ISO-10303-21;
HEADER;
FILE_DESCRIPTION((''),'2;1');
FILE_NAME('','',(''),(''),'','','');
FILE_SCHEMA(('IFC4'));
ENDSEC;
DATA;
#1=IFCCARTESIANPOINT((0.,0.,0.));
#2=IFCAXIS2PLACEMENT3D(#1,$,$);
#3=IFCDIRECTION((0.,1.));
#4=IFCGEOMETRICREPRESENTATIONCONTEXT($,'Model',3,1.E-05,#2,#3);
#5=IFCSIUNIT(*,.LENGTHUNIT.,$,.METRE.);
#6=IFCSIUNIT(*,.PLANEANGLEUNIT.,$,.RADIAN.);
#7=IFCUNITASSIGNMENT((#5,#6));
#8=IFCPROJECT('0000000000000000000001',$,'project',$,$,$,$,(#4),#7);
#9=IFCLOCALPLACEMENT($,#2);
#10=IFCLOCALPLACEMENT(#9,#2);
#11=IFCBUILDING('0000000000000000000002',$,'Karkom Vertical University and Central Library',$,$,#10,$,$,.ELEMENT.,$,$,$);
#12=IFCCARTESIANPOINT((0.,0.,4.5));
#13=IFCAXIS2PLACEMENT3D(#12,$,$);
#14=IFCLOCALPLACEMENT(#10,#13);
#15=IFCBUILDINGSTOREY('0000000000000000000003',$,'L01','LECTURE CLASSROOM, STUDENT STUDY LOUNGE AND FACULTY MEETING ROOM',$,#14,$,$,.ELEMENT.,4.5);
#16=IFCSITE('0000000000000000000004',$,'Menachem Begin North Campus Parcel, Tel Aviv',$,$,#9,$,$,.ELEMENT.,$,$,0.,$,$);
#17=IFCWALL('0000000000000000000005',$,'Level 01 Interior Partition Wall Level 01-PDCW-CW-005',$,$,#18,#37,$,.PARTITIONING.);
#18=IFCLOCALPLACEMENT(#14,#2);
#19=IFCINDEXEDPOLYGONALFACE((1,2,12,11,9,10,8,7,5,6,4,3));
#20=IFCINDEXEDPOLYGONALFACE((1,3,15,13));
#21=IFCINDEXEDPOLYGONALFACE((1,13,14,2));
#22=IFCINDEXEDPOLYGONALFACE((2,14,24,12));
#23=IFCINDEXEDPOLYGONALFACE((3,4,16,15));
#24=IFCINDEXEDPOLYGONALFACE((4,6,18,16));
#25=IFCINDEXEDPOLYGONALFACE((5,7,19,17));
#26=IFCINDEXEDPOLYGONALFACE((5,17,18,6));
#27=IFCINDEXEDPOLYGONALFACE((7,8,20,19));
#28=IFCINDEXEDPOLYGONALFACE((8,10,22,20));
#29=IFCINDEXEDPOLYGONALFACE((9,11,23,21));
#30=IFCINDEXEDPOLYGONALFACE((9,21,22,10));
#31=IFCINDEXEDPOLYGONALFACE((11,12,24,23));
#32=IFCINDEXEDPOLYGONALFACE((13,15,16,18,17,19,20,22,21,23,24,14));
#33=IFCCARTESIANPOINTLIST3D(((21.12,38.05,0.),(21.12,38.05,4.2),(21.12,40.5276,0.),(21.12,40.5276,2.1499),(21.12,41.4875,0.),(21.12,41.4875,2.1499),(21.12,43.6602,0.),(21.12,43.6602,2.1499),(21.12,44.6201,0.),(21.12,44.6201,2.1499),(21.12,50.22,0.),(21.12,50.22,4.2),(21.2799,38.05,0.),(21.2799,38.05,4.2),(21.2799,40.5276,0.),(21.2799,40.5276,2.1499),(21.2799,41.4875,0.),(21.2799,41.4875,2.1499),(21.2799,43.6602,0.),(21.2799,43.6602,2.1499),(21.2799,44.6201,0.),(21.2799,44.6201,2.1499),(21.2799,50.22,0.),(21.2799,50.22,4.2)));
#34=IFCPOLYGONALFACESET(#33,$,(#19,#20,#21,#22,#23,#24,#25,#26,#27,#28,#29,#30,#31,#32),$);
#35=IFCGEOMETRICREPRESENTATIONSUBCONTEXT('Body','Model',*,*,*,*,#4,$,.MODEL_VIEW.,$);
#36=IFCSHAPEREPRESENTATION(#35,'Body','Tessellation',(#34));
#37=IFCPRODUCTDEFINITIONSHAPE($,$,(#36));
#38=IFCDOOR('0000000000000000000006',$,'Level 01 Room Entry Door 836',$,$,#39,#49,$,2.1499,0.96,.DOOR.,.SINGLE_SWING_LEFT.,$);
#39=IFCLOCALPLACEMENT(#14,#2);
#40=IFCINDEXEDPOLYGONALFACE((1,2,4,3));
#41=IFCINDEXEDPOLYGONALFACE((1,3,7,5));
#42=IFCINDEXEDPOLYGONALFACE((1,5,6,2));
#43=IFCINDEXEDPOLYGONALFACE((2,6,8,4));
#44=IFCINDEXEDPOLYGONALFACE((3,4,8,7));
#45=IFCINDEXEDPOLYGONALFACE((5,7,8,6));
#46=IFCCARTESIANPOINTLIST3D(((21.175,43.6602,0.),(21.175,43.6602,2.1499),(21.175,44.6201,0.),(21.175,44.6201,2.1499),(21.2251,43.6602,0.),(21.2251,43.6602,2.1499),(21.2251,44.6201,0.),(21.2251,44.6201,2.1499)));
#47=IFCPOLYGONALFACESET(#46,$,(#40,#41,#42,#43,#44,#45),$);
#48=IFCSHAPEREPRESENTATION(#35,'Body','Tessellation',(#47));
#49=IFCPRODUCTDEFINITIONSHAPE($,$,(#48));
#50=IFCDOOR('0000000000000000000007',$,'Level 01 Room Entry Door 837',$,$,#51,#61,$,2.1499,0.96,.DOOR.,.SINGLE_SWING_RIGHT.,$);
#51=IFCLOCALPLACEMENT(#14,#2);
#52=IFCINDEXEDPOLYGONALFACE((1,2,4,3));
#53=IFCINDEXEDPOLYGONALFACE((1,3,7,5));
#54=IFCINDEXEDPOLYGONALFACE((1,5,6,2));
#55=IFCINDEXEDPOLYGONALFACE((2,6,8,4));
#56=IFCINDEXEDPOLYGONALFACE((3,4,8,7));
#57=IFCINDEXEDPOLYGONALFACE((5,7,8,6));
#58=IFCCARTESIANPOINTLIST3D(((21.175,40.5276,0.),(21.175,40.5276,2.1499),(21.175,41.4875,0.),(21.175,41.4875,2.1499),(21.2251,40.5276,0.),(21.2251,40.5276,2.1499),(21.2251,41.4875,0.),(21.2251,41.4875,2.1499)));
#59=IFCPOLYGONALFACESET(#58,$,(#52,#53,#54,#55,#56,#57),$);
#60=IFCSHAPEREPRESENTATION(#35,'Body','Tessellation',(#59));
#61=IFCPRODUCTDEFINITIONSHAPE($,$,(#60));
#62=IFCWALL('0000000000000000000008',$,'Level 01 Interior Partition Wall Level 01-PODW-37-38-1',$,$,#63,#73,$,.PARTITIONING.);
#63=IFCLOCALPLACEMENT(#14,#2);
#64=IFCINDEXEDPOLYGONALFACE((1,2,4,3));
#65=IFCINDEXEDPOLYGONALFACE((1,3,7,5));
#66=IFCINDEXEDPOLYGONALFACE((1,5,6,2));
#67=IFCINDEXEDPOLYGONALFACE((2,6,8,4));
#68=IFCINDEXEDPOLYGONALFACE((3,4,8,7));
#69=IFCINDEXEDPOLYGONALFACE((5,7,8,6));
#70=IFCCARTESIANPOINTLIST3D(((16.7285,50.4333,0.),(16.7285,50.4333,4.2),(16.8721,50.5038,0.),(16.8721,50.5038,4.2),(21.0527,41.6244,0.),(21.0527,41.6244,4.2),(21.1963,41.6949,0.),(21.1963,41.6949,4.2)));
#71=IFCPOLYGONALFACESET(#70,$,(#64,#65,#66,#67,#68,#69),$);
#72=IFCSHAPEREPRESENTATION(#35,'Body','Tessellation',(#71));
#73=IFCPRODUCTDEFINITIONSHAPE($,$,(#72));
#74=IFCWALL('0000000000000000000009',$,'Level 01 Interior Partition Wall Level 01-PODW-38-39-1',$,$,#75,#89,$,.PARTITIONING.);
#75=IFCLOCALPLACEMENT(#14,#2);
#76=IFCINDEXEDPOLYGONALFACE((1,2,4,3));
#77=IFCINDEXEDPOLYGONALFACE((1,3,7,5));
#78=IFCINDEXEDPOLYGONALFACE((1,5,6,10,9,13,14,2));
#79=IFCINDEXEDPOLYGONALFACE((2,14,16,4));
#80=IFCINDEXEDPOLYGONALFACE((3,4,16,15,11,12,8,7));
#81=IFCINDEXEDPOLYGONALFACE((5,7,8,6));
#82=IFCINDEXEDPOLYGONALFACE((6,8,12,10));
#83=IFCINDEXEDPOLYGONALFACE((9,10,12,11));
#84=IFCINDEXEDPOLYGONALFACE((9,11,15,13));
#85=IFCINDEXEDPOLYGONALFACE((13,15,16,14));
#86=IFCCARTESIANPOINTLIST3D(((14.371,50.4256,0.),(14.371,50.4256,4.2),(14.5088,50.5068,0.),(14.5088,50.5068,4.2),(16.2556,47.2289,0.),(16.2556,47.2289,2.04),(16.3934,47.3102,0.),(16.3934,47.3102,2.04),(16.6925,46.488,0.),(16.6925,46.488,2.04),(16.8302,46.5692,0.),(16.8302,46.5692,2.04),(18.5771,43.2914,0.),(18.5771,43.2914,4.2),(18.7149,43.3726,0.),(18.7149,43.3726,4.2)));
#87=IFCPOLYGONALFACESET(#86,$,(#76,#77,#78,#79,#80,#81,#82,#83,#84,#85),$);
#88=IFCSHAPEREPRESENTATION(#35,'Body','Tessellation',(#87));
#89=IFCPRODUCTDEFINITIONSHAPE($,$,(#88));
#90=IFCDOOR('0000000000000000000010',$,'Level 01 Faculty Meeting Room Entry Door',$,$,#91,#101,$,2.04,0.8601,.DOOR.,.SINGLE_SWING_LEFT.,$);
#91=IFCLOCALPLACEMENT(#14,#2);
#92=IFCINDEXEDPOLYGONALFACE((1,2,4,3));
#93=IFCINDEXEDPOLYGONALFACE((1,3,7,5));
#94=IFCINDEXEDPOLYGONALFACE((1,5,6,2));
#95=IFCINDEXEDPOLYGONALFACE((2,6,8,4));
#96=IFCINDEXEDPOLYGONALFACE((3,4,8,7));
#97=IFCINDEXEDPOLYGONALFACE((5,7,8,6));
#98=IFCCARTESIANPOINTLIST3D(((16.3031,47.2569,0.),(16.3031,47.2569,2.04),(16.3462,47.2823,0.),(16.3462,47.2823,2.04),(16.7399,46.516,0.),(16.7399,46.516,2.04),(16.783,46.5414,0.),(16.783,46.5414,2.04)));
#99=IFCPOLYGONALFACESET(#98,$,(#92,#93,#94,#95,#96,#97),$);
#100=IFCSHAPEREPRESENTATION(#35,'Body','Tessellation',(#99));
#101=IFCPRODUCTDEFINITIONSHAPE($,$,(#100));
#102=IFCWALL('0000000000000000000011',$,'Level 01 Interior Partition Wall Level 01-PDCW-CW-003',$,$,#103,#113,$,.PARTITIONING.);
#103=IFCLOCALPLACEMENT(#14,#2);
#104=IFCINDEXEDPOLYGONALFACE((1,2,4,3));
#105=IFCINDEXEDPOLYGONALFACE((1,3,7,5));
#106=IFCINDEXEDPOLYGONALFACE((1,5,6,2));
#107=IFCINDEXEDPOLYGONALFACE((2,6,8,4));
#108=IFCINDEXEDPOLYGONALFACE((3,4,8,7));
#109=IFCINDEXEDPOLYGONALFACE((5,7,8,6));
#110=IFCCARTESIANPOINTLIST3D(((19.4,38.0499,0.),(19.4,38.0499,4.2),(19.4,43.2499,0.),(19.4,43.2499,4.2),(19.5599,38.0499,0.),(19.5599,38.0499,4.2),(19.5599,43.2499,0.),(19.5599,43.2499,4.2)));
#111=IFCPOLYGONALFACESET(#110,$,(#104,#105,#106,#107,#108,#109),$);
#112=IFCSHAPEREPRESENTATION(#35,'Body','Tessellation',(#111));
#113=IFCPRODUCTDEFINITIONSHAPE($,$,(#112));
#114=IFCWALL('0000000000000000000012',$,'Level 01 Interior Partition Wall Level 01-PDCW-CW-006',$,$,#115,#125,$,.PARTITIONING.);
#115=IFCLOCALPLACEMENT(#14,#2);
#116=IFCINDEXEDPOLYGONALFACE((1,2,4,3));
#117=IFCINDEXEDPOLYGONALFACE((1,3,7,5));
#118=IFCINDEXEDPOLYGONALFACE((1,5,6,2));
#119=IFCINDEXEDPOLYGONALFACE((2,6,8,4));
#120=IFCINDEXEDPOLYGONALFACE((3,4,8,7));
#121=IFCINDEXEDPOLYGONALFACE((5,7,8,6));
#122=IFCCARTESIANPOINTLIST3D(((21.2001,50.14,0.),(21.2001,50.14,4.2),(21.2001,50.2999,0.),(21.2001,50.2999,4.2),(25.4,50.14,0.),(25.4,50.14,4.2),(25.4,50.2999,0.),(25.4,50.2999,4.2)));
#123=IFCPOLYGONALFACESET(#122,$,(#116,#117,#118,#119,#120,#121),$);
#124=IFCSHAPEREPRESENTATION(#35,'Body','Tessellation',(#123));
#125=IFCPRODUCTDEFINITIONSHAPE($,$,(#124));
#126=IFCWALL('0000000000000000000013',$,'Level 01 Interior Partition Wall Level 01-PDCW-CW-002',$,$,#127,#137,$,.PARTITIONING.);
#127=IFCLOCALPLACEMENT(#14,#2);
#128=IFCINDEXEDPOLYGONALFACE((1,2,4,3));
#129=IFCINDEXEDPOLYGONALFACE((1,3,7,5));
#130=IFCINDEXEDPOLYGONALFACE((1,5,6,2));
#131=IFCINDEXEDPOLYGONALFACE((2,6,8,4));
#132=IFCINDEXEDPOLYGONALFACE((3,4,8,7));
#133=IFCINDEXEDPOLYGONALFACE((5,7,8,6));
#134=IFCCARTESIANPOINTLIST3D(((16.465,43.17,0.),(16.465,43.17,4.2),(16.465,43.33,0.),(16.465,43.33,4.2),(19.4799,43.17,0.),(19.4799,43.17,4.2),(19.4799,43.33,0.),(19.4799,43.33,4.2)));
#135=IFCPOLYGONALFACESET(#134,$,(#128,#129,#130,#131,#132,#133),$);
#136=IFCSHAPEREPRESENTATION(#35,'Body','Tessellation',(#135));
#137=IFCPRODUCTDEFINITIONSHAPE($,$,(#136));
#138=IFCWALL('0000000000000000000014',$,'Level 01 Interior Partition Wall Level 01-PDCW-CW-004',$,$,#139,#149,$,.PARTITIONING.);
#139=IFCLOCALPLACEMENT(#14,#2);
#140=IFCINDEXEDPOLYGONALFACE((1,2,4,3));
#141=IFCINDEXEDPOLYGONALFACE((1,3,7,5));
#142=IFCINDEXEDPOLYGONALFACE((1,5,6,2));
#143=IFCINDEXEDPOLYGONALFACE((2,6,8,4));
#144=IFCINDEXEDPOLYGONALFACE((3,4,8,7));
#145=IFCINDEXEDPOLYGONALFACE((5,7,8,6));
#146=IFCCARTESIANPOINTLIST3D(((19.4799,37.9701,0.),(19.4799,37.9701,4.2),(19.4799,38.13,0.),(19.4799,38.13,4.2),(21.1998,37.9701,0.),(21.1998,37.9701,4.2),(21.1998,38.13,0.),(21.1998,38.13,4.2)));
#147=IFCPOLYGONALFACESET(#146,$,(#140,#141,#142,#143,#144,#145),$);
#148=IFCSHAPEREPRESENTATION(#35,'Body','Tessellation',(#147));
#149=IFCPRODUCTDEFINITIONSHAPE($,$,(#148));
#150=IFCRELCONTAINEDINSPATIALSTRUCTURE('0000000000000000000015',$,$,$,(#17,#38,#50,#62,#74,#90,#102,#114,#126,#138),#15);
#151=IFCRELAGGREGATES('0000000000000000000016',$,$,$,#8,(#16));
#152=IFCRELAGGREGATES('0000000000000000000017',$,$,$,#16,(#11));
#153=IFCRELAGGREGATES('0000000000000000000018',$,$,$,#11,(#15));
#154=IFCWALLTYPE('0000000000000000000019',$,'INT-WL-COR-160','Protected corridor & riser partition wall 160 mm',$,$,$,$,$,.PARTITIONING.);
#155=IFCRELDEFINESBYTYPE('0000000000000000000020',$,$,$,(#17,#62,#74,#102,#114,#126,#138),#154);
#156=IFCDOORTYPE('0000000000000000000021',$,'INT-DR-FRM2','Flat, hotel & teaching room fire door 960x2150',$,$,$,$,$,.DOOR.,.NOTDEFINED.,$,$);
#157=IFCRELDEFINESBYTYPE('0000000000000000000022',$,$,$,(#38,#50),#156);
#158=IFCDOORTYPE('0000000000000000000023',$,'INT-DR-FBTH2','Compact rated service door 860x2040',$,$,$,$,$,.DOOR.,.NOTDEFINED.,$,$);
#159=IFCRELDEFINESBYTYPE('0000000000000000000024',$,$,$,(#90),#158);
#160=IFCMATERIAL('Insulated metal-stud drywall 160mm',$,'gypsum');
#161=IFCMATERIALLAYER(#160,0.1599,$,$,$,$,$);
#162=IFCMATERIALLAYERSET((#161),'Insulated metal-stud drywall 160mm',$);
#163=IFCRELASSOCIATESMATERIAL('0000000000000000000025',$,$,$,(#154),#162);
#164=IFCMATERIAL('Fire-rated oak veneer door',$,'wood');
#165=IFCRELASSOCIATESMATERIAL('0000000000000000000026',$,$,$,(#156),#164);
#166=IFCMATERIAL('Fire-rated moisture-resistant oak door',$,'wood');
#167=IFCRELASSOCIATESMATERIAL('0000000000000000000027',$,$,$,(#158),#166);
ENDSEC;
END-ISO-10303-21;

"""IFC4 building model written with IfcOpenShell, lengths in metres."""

from ifc_helpers import new_model, si_unit, direction, frame, frame_2d, origin, origin_with_axes, place, context, subcontext, project, spatial, rectangle, extrude, source, transform, mapped, material, layer, layer_set, type_object, element, fill, save


model = new_model("IFC4")

# Units and contexts
model_context = context("Model", 3, precision=1e-05, world=origin(), true_north=direction((0.0, 1.0)))
body_context = subcontext(model_context, "Body", "Model", "MODEL_VIEW")
ifc_project = project(units=[si_unit("LENGTHUNIT", "METRE"), si_unit("PLANEANGLEUNIT", "RADIAN")], contexts=[model_context])

# Site, building, storey
site_placement = place(None, origin())
site = spatial("IfcSite", under=ifc_project, at=site_placement, Name="Menachem Begin North Campus Parcel, Tel Aviv", CompositionType="ELEMENT", RefElevation=0.0)
building_placement = place(site_placement, origin())
building = spatial("IfcBuilding", under=site, at=building_placement, Name="Karkom Vertical University and Central Library", CompositionType="ELEMENT")
storey_placement = place(building_placement, frame((0.0, 0.0, 4.5)))
storey = spatial("IfcBuildingStorey", under=building, at=storey_placement, Name="L01", Description="LECTURE CLASSROOM, STUDENT STUDY LOUNGE AND FACULTY MEETING ROOM", CompositionType="ELEMENT", Elevation=4.5)

# Wall, openings, doors
ifc_material_1 = material(Name="Insulated metal-stud drywall 160mm", Category="gypsum")
ifc_layer_1 = layer(ifc_material_1, 0.1599)
ifc_layer_set_1 = layer_set([ifc_layer_1], Name="Insulated metal-stud drywall 160mm")
wall_type_1 = type_object("IfcWallType", Name="INT-WL-COR-160", Description="Protected corridor & riser partition wall 160 mm", PredefinedType="PARTITIONING", material=ifc_layer_set_1)
wall_1_placement = place(storey_placement, frame((21.2, 38.05, 0.0), z_axis=(0.0, 0.0, 1.0), x_axis=(0.0, 1.0, 0.0)))
wall_1 = element("IfcWall", 1, at=wall_1_placement, inside=storey, type_object=wall_type_1, Name="Level 01 Interior Partition Wall Level 01-PDCW-CW-005", PredefinedType="PARTITIONING", context=body_context, shape_type="SweptSolid", body=[
    extrude(rectangle(XDim=12.1699, YDim=0.1599, at=frame_2d((6.085, 0.0))), origin(), (0.0, 0.0, 1.0), 4.2),
])
opening_1_placement = place(wall_1_placement, frame((5.6101, 0.0, 0.0)))
opening_1 = element("IfcOpeningElement", 2, at=opening_1_placement, cuts=wall_1, PredefinedType="OPENING", context=body_context, shape_type="SweptSolid", body=[
    extrude(rectangle(XDim=0.96, YDim=2.1499, at=frame_2d((0.48, 1.075))), frame((0.0, 0.0898, 0.0), z_axis=(0.0, -1.0, 0.0), x_axis=(1.0, 0.0, 0.0)), (0.0, 0.0, 1.0), 0.1799),
])
opening_2_placement = place(wall_1_placement, frame((2.4775, 0.0, 0.0)))
opening_2 = element("IfcOpeningElement", 3, at=opening_2_placement, cuts=wall_1, PredefinedType="OPENING", context=body_context, shape_type="SweptSolid", body=[
    extrude(rectangle(XDim=0.96, YDim=2.1499, at=frame_2d((0.48, 1.075))), frame((0.0, 0.0898, 0.0), z_axis=(0.0, -1.0, 0.0), x_axis=(1.0, 0.0, 0.0)), (0.0, 0.0, 1.0), 0.1799),
])
ifc_material_2 = material(Name="Fire-rated oak veneer door", Category="wood")
door_type_1 = type_object("IfcDoorType", Name="INT-DR-FRM2", Description="Flat, hotel & teaching room fire door 960x2150", OperationType="NOTDEFINED", PredefinedType="DOOR", material=ifc_material_2)
shared_shape_1 = source(origin_with_axes(), body_context, "Body", "SweptSolid", [
    extrude(rectangle(XDim=0.96, YDim=2.1499, at=frame_2d((0.48, 1.075))), frame((0.0, 0.0249, 0.0), z_axis=(0.0, -1.0, 0.0), x_axis=(1.0, 0.0, 0.0)), (0.0, 0.0, 1.0), 0.05),
])
door_1_placement = place(opening_1_placement, origin())
door_1 = element("IfcDoor", 4, at=door_1_placement, inside=storey, type_object=door_type_1, Name="Level 01 Room Entry Door 836", OperationType="SINGLE_SWING_LEFT", OverallHeight=2.1499, OverallWidth=0.96, PredefinedType="DOOR", context=body_context, shape_type="MappedRepresentation", body=[
    mapped(shared_shape_1, transform((0.0, 0.0, 0.0), scale=1.0)),
])
fill(opening_1, door_1)
door_2_placement = place(opening_2_placement, origin())
door_2 = element("IfcDoor", 5, at=door_2_placement, inside=storey, type_object=door_type_1, Name="Level 01 Room Entry Door 837", OperationType="SINGLE_SWING_RIGHT", OverallHeight=2.1499, OverallWidth=0.96, PredefinedType="DOOR", context=body_context, shape_type="MappedRepresentation", body=[
    mapped(shared_shape_1, transform((0.0, 0.0, 0.0), scale=1.0)),
])
fill(opening_2, door_2)

# Wall
wall_2_placement = place(storey_placement, frame((21.1245, 41.6597, 0.0), z_axis=(0.0, 0.0, 1.0), x_axis=(-0.440663, 0.897672, 0.0)))
element("IfcWall", 6, at=wall_2_placement, inside=storey, type_object=wall_type_1, Name="Level 01 Interior Partition Wall Level 01-PODW-37-38-1", PredefinedType="PARTITIONING", context=body_context, shape_type="SweptSolid", body=[
    extrude(rectangle(XDim=9.813, YDim=0.1599, at=frame_2d((4.9065, 0.0))), origin(), (0.0, 0.0, 1.0), 4.2),
])

# Wall, opening, door
wall_3_placement = place(storey_placement, frame((18.646, 43.332, 0.0), z_axis=(0.0, 0.0, 1.0), x_axis=(-0.507878, 0.861429, 0.0)))
wall_3 = element("IfcWall", 7, at=wall_3_placement, inside=storey, type_object=wall_type_1, Name="Level 01 Interior Partition Wall Level 01-PODW-38-39-1", PredefinedType="PARTITIONING", context=body_context, shape_type="SweptSolid", body=[
    extrude(rectangle(XDim=8.2817, YDim=0.1599, at=frame_2d((4.1409, 0.0))), origin(), (0.0, 0.0, 1.0), 4.2),
])
opening_3_placement = place(wall_3_placement, frame((3.7107, 0.0, 0.0)))
opening_3 = element("IfcOpeningElement", 8, at=opening_3_placement, cuts=wall_3, PredefinedType="OPENING", context=body_context, shape_type="SweptSolid", body=[
    extrude(rectangle(XDim=0.8601, YDim=2.04, at=frame_2d((0.4302, 1.02))), frame((0.0, 0.0898, 0.0), z_axis=(0.0, -1.0, 0.0), x_axis=(1.0, 0.0, 0.0)), (0.0, 0.0, 1.0), 0.1799),
])
ifc_material_3 = material(Name="Fire-rated moisture-resistant oak door", Category="wood")
door_type_2 = type_object("IfcDoorType", Name="INT-DR-FBTH2", Description="Compact rated service door 860x2040", OperationType="NOTDEFINED", PredefinedType="DOOR", material=ifc_material_3)
shared_shape_2 = source(origin_with_axes(), body_context, "Body", "SweptSolid", [
    extrude(rectangle(XDim=0.8601, YDim=2.04, at=frame_2d((0.4302, 1.02))), frame((0.0, 0.0249, 0.0), z_axis=(0.0, -1.0, 0.0), x_axis=(1.0, 0.0, 0.0)), (0.0, 0.0, 1.0), 0.05),
])
door_3_placement = place(opening_3_placement, origin())
door_3 = element("IfcDoor", 9, at=door_3_placement, inside=storey, type_object=door_type_2, Name="Level 01 Faculty Meeting Room Entry Door", OperationType="SINGLE_SWING_LEFT", OverallHeight=2.04, OverallWidth=0.8601, PredefinedType="DOOR", context=body_context, shape_type="MappedRepresentation", body=[
    mapped(shared_shape_2, transform((0.0, 0.0, 0.0), scale=1.0)),
])
fill(opening_3, door_3)

# Walls
wall_4_placement = place(storey_placement, frame((19.48, 43.25, 0.0), z_axis=(0.0, 0.0, 1.0), x_axis=(0.0, -1.0, 0.0)))
element("IfcWall", 10, at=wall_4_placement, inside=storey, type_object=wall_type_1, Name="Level 01 Interior Partition Wall Level 01-PDCW-CW-003", PredefinedType="PARTITIONING", context=body_context, shape_type="SweptSolid", body=[
    extrude(rectangle(XDim=5.2, YDim=0.1599, at=frame_2d((2.6001, 0.0))), origin(), (0.0, 0.0, 1.0), 4.2),
])
wall_5_placement = place(storey_placement, frame((21.2, 50.22, 0.0), z_axis=(0.0, 0.0, 1.0), x_axis=(1.0, 0.0, 0.0)))
element("IfcWall", 11, at=wall_5_placement, inside=storey, type_object=wall_type_1, Name="Level 01 Interior Partition Wall Level 01-PDCW-CW-006", PredefinedType="PARTITIONING", context=body_context, shape_type="SweptSolid", body=[
    extrude(rectangle(XDim=4.2, YDim=0.1599, at=frame_2d((2.1001, 0.0))), origin(), (0.0, 0.0, 1.0), 4.2),
])
wall_6_placement = place(storey_placement, frame((16.4651, 43.25, 0.0), z_axis=(0.0, 0.0, 1.0), x_axis=(1.0, 0.0, 0.0)))
element("IfcWall", 12, at=wall_6_placement, inside=storey, type_object=wall_type_1, Name="Level 01 Interior Partition Wall Level 01-PDCW-CW-002", PredefinedType="PARTITIONING", context=body_context, shape_type="SweptSolid", body=[
    extrude(rectangle(XDim=3.0149, YDim=0.1599, at=frame_2d((1.5073, 0.0))), origin(), (0.0, 0.0, 1.0), 4.2),
])
wall_7_placement = place(storey_placement, frame((19.48, 38.05, 0.0), z_axis=(0.0, 0.0, 1.0), x_axis=(1.0, 0.0, 0.0)))
element("IfcWall", 13, at=wall_7_placement, inside=storey, type_object=wall_type_1, Name="Level 01 Interior Partition Wall Level 01-PDCW-CW-004", PredefinedType="PARTITIONING", context=body_context, shape_type="SweptSolid", body=[
    extrude(rectangle(XDim=1.72, YDim=0.1599, at=frame_2d((0.8599, 0.0))), origin(), (0.0, 0.0, 1.0), 4.2),
])

save(model, "model.ifc")
